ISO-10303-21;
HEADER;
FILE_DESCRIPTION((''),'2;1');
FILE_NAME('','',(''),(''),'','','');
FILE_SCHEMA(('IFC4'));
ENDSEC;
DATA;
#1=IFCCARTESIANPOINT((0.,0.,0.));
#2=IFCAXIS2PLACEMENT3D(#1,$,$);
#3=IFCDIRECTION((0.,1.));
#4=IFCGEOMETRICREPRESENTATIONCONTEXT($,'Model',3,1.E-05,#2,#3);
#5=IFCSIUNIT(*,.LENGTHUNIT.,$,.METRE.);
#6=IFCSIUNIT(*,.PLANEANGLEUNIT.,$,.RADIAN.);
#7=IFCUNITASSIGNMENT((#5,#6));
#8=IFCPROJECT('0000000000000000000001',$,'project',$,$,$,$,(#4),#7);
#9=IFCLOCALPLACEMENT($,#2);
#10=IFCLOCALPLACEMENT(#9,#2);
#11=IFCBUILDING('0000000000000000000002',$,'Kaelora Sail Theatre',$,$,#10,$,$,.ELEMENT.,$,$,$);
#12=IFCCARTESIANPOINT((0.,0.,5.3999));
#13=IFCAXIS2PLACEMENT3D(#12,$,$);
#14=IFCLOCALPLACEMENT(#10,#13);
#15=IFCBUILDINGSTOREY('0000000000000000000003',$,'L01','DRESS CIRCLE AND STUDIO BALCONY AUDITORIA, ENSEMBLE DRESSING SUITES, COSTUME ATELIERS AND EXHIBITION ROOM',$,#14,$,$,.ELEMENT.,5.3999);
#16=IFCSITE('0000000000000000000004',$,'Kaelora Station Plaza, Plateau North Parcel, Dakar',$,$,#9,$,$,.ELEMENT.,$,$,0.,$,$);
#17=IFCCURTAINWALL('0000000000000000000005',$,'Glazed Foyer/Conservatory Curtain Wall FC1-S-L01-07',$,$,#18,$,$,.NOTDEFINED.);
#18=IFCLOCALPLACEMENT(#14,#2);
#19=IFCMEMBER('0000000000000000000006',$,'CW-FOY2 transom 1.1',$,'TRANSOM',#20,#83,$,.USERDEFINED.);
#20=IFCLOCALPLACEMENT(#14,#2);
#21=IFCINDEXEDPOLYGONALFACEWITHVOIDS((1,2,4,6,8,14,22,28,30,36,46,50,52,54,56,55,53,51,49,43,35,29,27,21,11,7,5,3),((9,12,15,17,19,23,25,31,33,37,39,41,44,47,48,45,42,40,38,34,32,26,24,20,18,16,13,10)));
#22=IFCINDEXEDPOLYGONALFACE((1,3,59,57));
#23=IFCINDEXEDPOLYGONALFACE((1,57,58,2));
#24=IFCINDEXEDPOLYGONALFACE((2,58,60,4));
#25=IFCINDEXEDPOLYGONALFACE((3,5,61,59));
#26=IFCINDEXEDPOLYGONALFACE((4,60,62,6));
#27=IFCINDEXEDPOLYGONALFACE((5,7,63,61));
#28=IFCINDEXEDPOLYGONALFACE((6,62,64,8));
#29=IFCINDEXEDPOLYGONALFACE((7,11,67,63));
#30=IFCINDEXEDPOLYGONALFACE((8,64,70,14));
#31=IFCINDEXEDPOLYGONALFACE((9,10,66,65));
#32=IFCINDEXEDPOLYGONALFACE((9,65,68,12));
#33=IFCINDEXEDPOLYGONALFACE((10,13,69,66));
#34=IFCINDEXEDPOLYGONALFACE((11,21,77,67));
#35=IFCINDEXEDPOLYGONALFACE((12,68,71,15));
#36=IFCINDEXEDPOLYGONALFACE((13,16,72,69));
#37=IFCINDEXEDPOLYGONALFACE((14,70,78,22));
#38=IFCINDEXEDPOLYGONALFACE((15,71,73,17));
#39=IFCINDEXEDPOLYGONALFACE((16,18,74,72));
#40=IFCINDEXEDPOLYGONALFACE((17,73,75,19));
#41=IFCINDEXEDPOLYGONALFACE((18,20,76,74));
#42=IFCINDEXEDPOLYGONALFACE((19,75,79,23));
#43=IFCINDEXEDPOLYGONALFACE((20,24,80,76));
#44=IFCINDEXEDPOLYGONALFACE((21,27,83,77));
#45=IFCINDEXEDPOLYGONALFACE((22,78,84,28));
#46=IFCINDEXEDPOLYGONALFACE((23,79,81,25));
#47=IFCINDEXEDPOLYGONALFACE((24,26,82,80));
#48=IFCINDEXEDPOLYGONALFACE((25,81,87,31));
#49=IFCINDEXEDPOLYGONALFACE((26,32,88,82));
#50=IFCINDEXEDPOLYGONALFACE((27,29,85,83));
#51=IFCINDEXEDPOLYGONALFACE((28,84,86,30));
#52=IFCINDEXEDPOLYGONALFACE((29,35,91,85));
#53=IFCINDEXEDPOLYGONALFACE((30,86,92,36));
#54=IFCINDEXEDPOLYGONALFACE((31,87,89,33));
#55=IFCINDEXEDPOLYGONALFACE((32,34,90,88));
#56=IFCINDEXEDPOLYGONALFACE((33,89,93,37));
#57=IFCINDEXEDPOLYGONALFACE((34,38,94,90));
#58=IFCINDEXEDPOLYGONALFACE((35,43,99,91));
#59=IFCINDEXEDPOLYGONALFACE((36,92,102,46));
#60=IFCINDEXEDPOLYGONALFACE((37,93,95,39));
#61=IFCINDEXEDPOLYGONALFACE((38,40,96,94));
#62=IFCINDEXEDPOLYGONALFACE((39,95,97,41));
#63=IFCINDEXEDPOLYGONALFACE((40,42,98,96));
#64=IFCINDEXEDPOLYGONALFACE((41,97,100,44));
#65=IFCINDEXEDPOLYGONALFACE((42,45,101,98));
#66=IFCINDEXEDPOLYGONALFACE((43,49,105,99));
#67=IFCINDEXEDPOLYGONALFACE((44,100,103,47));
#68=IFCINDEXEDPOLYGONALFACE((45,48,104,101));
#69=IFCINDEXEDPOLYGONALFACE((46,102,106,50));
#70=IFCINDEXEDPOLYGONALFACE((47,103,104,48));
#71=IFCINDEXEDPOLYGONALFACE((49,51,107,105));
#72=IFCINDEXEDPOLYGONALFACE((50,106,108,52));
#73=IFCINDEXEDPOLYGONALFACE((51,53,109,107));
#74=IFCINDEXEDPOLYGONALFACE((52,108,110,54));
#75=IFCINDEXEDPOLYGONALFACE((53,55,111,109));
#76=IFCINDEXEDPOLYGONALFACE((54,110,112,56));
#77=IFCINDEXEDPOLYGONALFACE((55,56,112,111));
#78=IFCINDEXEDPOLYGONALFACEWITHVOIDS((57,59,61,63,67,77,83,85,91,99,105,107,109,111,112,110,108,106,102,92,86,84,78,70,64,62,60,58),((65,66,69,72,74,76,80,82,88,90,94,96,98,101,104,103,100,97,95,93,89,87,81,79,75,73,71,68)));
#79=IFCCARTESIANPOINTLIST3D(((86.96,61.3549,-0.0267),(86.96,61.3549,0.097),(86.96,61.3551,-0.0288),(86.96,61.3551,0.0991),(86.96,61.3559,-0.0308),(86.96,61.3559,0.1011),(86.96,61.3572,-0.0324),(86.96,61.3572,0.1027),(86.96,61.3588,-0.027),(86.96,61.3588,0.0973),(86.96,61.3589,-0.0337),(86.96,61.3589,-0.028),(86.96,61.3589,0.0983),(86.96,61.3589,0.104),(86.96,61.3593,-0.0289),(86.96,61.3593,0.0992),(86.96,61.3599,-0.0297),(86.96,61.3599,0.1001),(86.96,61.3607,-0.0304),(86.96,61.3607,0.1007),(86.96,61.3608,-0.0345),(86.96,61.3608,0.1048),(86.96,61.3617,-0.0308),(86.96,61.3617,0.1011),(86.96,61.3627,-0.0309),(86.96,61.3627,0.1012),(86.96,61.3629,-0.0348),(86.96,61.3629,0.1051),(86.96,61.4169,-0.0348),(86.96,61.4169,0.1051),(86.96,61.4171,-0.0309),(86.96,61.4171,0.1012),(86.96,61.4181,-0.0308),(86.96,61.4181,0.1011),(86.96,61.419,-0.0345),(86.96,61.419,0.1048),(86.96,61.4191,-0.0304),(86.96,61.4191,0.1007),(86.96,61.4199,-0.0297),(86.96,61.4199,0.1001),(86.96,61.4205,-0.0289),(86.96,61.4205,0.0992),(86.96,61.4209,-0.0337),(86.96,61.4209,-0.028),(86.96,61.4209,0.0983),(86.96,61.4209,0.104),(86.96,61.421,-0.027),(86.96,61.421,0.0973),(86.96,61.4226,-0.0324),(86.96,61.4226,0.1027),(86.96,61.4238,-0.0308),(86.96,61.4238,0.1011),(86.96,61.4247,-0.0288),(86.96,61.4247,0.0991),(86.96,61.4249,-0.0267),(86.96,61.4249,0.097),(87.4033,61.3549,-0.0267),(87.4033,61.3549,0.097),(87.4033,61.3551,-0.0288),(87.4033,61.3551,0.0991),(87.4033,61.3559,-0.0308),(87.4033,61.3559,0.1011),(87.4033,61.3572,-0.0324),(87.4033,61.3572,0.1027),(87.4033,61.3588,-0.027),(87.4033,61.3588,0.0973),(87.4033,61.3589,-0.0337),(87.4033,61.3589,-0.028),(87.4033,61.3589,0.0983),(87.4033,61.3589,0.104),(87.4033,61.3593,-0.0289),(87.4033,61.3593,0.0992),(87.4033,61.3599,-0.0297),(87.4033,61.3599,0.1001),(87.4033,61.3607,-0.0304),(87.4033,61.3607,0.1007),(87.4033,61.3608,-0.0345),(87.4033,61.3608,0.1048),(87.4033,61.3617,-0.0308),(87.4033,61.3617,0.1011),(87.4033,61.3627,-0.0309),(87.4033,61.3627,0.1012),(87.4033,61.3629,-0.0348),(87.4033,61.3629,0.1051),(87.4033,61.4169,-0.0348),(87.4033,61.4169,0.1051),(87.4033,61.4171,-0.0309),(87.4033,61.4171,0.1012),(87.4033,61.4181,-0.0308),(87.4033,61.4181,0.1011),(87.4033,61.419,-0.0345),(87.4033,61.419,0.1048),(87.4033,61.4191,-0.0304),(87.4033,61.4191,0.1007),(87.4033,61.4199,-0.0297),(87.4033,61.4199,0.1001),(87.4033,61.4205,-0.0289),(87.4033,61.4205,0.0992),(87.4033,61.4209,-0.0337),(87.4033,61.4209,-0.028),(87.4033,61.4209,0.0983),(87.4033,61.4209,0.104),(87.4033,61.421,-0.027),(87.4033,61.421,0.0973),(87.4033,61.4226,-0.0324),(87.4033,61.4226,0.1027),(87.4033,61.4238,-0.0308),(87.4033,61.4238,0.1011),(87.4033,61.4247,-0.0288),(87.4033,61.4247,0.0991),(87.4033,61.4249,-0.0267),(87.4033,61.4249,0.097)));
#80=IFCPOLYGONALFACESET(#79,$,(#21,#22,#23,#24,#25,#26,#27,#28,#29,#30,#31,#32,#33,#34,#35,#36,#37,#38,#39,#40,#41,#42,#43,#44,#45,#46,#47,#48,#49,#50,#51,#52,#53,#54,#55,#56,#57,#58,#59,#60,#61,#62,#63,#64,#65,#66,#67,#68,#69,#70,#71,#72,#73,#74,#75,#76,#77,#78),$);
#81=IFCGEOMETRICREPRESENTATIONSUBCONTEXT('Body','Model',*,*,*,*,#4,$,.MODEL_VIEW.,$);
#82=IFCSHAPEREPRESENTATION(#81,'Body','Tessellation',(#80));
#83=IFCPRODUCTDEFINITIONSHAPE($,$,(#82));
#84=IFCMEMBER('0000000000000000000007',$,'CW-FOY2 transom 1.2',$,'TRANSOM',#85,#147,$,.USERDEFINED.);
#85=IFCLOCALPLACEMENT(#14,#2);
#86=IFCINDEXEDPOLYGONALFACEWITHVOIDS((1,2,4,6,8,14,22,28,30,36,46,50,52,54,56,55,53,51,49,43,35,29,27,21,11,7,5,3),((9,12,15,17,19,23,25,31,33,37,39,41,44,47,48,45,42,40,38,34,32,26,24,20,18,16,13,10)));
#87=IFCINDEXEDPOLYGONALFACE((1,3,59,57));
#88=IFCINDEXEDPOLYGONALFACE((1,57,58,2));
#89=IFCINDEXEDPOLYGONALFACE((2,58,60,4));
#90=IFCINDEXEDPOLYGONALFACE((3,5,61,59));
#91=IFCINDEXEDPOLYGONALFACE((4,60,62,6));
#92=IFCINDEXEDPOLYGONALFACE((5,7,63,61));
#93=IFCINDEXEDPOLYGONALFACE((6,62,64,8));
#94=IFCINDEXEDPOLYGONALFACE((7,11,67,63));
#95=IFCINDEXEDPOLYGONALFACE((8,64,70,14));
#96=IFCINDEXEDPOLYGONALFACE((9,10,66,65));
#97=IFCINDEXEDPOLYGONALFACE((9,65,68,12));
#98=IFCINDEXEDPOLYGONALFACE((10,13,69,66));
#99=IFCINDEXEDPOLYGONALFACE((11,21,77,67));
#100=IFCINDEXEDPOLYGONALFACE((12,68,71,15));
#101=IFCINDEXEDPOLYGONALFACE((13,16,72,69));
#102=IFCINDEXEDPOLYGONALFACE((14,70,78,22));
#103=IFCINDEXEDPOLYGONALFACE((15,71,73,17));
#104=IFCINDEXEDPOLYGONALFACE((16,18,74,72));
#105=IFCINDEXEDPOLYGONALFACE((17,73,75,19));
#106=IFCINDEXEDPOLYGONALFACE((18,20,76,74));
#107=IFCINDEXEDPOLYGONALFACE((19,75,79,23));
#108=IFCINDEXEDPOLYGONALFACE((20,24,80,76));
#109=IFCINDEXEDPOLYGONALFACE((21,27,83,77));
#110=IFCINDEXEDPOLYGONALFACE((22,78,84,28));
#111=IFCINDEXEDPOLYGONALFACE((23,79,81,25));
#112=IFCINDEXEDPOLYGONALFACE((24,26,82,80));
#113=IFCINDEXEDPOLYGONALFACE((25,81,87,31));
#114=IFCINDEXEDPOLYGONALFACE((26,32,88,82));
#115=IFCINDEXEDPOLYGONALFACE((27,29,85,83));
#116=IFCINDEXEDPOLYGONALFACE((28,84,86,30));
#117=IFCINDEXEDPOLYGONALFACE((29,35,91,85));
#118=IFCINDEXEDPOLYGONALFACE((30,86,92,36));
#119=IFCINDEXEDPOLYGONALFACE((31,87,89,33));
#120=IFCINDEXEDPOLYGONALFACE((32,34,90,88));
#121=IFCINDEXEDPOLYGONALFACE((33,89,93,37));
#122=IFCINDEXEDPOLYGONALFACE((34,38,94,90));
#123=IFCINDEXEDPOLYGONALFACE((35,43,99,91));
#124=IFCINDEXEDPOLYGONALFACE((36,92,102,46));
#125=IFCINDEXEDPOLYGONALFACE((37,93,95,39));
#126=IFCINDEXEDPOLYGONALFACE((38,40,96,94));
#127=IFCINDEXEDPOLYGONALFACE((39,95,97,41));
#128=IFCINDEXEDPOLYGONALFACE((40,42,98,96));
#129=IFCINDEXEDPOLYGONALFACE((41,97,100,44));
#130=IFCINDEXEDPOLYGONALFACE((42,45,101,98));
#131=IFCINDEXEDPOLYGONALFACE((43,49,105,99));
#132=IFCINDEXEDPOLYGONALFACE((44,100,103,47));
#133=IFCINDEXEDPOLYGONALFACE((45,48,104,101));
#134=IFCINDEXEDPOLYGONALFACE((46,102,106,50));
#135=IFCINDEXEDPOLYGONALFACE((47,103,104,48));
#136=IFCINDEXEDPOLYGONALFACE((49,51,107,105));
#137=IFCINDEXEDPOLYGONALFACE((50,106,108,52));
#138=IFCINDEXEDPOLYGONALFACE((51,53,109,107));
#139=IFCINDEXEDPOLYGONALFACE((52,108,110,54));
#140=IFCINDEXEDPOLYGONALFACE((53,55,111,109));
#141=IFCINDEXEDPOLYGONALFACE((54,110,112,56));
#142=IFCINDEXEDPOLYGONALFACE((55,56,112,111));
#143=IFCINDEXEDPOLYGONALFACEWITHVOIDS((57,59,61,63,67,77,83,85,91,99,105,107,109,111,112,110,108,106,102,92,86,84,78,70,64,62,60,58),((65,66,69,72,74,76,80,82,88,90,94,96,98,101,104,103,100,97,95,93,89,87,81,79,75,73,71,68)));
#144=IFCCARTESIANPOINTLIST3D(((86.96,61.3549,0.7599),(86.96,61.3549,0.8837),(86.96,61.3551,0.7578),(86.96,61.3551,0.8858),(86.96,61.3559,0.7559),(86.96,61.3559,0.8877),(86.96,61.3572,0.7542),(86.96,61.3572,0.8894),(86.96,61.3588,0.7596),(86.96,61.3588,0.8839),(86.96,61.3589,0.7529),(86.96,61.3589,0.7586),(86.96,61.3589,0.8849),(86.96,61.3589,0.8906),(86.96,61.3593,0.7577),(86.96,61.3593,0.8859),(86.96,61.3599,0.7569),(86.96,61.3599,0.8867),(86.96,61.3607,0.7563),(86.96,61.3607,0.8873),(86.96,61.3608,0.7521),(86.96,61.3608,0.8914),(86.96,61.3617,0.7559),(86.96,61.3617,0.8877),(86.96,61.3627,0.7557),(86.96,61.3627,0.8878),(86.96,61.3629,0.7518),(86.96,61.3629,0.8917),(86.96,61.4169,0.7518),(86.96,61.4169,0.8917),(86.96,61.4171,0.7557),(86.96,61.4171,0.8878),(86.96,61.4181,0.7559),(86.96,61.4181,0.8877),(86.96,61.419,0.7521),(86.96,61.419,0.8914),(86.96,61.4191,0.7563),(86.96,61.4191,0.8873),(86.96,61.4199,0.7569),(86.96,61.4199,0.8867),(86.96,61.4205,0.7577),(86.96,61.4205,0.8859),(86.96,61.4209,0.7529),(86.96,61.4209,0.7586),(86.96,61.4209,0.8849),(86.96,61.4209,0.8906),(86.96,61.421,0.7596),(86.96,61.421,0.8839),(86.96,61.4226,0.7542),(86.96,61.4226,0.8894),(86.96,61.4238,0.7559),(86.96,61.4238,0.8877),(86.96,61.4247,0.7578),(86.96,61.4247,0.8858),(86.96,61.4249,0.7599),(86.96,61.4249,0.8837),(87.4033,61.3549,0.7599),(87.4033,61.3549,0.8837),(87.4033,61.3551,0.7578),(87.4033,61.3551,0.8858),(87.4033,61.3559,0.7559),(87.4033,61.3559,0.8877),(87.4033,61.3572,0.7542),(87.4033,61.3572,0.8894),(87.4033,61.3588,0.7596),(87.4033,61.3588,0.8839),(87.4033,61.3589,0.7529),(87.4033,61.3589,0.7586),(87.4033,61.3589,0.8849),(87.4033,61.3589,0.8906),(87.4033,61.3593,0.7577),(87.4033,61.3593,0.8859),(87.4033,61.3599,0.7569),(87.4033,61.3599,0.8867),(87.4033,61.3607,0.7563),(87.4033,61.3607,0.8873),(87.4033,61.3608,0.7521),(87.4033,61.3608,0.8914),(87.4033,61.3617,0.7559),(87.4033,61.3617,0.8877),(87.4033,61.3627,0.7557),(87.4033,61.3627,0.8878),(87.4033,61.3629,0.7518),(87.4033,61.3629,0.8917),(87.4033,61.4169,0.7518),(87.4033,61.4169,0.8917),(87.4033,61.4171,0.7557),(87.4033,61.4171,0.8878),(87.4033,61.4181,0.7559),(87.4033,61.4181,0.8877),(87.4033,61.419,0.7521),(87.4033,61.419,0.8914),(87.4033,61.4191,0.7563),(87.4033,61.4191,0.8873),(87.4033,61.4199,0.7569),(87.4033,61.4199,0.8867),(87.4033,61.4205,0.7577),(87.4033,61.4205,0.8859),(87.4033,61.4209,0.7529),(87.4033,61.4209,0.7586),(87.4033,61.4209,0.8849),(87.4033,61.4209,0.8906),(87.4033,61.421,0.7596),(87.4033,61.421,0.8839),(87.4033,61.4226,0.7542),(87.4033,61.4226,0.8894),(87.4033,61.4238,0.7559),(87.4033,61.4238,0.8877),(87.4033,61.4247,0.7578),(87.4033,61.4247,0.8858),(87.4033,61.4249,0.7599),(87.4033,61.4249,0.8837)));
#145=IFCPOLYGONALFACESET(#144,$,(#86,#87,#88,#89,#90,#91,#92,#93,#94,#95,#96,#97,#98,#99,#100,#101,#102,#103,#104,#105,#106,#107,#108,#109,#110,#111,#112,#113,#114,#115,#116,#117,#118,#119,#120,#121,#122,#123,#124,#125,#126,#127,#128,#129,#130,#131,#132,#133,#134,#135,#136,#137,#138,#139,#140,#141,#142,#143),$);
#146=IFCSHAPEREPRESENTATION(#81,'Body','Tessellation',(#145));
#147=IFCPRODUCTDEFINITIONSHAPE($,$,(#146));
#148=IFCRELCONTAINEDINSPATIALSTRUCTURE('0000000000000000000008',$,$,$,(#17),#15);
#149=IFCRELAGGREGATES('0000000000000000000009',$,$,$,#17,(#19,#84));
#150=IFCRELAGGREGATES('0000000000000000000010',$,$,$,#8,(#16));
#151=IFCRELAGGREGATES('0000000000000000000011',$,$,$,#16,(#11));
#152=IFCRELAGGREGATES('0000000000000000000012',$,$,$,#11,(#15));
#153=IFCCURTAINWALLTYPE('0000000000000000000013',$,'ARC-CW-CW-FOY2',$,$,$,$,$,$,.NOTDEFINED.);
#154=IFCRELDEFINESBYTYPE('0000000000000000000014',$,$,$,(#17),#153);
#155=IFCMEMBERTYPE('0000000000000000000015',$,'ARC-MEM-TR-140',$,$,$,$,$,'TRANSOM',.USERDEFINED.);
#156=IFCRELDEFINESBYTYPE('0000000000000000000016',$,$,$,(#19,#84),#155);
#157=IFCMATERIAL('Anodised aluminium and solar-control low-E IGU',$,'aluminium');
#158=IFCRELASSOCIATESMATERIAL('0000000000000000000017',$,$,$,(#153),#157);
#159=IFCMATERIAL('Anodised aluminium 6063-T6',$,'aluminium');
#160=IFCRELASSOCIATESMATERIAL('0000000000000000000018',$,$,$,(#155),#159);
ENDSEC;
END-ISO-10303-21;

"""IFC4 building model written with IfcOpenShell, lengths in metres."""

from ifc_helpers import new_model, si_unit, direction, frame, origin, origin_2d, place, context, subcontext, project, spatial, hollow_rectangle, extrude, material, material_profile, profile_set, type_object, element, aggregate, save


model = new_model("IFC4")

# Units and contexts
model_context = context("Model", 3, precision=1e-05, world=origin(), true_north=direction((0.0, 1.0)))
body_context = subcontext(model_context, "Body", "Model", "MODEL_VIEW")
ifc_project = project(units=[si_unit("LENGTHUNIT", "METRE"), si_unit("PLANEANGLEUNIT", "RADIAN")], contexts=[model_context])

# Site, building, storey
site_placement = place(None, origin())
site = spatial("IfcSite", under=ifc_project, at=site_placement, Name="Kaelora Station Plaza, Plateau North Parcel, Dakar", CompositionType="ELEMENT", RefElevation=0.0)
building_placement = place(site_placement, origin())
building = spatial("IfcBuilding", under=site, at=building_placement, Name="Kaelora Sail Theatre", CompositionType="ELEMENT")
storey_placement = place(building_placement, frame((0.0, 0.0, 5.3999)))
storey = spatial("IfcBuildingStorey", under=building, at=storey_placement, Name="L01", Description="DRESS CIRCLE AND STUDIO BALCONY AUDITORIA, ENSEMBLE DRESSING SUITES, COSTUME ATELIERS AND EXHIBITION ROOM", CompositionType="ELEMENT", Elevation=5.3999)

# Curtain wall
ifc_material_1 = material(Name="Anodised aluminium and solar-control low-E IGU", Category="aluminium")
curtain_wall_type = type_object("IfcCurtainWallType", Name="ARC-CW-CW-FOY2", PredefinedType="NOTDEFINED", material=ifc_material_1)
curtain_wall_1_placement = place(storey_placement, origin())
curtain_wall_1 = element("IfcCurtainWall", 1, at=curtain_wall_1_placement, inside=storey, type_object=curtain_wall_type, Name="Glazed Foyer/Conservatory Curtain Wall FC1-S-L01-07", PredefinedType="NOTDEFINED")

# Members
ifc_material_2 = material(Name="Anodised aluminium 6063-T6", Category="aluminium")
ifc_material_profile_1 = material_profile(ifc_material_2, hollow_rectangle(XDim=0.0701, YDim=0.1399, WallThickness=0.0039, InnerFilletRadius=0.0039, OuterFilletRadius=0.0081, at=origin_2d()), Name="ALU-TRAN 70x140x4")
ifc_profile_set_1 = profile_set([ifc_material_profile_1], Name="Anodised aluminium 6063-T6")
member_type_1 = type_object("IfcMemberType", Name="ARC-MEM-TR-140", ElementType="TRANSOM", PredefinedType="USERDEFINED", material=ifc_profile_set_1)
member_1_placement = place(storey_placement, frame((86.96, 61.3899, 0.0352), z_axis=(1.0, 0.0, 0.0), x_axis=(0.0, 1.0, 0.0)))
member_1 = element("IfcMember", 2, at=member_1_placement, type_object=member_type_1, Name="CW-FOY2 transom 1.1", ObjectType="TRANSOM", PredefinedType="USERDEFINED", context=body_context, shape_type="SweptSolid", body=[
    extrude(hollow_rectangle(XDim=0.0701, YDim=0.1399, WallThickness=0.0039, InnerFilletRadius=0.0039, OuterFilletRadius=0.0081, at=origin_2d()), origin(), (0.0, 0.0, 1.0), 0.4434),
])
member_2_placement = place(storey_placement, frame((86.96, 61.3899, 0.8218), z_axis=(1.0, 0.0, 0.0), x_axis=(0.0, 1.0, 0.0)))
member_2 = element("IfcMember", 3, at=member_2_placement, type_object=member_type_1, Name="CW-FOY2 transom 1.2", ObjectType="TRANSOM", PredefinedType="USERDEFINED", context=body_context, shape_type="SweptSolid", body=[
    extrude(hollow_rectangle(XDim=0.0701, YDim=0.1399, WallThickness=0.0039, InnerFilletRadius=0.0039, OuterFilletRadius=0.0081, at=origin_2d()), origin(), (0.0, 0.0, 1.0), 0.4434),
])

aggregate(curtain_wall_1, [member_1, member_2])

save(model, "model.ifc")
